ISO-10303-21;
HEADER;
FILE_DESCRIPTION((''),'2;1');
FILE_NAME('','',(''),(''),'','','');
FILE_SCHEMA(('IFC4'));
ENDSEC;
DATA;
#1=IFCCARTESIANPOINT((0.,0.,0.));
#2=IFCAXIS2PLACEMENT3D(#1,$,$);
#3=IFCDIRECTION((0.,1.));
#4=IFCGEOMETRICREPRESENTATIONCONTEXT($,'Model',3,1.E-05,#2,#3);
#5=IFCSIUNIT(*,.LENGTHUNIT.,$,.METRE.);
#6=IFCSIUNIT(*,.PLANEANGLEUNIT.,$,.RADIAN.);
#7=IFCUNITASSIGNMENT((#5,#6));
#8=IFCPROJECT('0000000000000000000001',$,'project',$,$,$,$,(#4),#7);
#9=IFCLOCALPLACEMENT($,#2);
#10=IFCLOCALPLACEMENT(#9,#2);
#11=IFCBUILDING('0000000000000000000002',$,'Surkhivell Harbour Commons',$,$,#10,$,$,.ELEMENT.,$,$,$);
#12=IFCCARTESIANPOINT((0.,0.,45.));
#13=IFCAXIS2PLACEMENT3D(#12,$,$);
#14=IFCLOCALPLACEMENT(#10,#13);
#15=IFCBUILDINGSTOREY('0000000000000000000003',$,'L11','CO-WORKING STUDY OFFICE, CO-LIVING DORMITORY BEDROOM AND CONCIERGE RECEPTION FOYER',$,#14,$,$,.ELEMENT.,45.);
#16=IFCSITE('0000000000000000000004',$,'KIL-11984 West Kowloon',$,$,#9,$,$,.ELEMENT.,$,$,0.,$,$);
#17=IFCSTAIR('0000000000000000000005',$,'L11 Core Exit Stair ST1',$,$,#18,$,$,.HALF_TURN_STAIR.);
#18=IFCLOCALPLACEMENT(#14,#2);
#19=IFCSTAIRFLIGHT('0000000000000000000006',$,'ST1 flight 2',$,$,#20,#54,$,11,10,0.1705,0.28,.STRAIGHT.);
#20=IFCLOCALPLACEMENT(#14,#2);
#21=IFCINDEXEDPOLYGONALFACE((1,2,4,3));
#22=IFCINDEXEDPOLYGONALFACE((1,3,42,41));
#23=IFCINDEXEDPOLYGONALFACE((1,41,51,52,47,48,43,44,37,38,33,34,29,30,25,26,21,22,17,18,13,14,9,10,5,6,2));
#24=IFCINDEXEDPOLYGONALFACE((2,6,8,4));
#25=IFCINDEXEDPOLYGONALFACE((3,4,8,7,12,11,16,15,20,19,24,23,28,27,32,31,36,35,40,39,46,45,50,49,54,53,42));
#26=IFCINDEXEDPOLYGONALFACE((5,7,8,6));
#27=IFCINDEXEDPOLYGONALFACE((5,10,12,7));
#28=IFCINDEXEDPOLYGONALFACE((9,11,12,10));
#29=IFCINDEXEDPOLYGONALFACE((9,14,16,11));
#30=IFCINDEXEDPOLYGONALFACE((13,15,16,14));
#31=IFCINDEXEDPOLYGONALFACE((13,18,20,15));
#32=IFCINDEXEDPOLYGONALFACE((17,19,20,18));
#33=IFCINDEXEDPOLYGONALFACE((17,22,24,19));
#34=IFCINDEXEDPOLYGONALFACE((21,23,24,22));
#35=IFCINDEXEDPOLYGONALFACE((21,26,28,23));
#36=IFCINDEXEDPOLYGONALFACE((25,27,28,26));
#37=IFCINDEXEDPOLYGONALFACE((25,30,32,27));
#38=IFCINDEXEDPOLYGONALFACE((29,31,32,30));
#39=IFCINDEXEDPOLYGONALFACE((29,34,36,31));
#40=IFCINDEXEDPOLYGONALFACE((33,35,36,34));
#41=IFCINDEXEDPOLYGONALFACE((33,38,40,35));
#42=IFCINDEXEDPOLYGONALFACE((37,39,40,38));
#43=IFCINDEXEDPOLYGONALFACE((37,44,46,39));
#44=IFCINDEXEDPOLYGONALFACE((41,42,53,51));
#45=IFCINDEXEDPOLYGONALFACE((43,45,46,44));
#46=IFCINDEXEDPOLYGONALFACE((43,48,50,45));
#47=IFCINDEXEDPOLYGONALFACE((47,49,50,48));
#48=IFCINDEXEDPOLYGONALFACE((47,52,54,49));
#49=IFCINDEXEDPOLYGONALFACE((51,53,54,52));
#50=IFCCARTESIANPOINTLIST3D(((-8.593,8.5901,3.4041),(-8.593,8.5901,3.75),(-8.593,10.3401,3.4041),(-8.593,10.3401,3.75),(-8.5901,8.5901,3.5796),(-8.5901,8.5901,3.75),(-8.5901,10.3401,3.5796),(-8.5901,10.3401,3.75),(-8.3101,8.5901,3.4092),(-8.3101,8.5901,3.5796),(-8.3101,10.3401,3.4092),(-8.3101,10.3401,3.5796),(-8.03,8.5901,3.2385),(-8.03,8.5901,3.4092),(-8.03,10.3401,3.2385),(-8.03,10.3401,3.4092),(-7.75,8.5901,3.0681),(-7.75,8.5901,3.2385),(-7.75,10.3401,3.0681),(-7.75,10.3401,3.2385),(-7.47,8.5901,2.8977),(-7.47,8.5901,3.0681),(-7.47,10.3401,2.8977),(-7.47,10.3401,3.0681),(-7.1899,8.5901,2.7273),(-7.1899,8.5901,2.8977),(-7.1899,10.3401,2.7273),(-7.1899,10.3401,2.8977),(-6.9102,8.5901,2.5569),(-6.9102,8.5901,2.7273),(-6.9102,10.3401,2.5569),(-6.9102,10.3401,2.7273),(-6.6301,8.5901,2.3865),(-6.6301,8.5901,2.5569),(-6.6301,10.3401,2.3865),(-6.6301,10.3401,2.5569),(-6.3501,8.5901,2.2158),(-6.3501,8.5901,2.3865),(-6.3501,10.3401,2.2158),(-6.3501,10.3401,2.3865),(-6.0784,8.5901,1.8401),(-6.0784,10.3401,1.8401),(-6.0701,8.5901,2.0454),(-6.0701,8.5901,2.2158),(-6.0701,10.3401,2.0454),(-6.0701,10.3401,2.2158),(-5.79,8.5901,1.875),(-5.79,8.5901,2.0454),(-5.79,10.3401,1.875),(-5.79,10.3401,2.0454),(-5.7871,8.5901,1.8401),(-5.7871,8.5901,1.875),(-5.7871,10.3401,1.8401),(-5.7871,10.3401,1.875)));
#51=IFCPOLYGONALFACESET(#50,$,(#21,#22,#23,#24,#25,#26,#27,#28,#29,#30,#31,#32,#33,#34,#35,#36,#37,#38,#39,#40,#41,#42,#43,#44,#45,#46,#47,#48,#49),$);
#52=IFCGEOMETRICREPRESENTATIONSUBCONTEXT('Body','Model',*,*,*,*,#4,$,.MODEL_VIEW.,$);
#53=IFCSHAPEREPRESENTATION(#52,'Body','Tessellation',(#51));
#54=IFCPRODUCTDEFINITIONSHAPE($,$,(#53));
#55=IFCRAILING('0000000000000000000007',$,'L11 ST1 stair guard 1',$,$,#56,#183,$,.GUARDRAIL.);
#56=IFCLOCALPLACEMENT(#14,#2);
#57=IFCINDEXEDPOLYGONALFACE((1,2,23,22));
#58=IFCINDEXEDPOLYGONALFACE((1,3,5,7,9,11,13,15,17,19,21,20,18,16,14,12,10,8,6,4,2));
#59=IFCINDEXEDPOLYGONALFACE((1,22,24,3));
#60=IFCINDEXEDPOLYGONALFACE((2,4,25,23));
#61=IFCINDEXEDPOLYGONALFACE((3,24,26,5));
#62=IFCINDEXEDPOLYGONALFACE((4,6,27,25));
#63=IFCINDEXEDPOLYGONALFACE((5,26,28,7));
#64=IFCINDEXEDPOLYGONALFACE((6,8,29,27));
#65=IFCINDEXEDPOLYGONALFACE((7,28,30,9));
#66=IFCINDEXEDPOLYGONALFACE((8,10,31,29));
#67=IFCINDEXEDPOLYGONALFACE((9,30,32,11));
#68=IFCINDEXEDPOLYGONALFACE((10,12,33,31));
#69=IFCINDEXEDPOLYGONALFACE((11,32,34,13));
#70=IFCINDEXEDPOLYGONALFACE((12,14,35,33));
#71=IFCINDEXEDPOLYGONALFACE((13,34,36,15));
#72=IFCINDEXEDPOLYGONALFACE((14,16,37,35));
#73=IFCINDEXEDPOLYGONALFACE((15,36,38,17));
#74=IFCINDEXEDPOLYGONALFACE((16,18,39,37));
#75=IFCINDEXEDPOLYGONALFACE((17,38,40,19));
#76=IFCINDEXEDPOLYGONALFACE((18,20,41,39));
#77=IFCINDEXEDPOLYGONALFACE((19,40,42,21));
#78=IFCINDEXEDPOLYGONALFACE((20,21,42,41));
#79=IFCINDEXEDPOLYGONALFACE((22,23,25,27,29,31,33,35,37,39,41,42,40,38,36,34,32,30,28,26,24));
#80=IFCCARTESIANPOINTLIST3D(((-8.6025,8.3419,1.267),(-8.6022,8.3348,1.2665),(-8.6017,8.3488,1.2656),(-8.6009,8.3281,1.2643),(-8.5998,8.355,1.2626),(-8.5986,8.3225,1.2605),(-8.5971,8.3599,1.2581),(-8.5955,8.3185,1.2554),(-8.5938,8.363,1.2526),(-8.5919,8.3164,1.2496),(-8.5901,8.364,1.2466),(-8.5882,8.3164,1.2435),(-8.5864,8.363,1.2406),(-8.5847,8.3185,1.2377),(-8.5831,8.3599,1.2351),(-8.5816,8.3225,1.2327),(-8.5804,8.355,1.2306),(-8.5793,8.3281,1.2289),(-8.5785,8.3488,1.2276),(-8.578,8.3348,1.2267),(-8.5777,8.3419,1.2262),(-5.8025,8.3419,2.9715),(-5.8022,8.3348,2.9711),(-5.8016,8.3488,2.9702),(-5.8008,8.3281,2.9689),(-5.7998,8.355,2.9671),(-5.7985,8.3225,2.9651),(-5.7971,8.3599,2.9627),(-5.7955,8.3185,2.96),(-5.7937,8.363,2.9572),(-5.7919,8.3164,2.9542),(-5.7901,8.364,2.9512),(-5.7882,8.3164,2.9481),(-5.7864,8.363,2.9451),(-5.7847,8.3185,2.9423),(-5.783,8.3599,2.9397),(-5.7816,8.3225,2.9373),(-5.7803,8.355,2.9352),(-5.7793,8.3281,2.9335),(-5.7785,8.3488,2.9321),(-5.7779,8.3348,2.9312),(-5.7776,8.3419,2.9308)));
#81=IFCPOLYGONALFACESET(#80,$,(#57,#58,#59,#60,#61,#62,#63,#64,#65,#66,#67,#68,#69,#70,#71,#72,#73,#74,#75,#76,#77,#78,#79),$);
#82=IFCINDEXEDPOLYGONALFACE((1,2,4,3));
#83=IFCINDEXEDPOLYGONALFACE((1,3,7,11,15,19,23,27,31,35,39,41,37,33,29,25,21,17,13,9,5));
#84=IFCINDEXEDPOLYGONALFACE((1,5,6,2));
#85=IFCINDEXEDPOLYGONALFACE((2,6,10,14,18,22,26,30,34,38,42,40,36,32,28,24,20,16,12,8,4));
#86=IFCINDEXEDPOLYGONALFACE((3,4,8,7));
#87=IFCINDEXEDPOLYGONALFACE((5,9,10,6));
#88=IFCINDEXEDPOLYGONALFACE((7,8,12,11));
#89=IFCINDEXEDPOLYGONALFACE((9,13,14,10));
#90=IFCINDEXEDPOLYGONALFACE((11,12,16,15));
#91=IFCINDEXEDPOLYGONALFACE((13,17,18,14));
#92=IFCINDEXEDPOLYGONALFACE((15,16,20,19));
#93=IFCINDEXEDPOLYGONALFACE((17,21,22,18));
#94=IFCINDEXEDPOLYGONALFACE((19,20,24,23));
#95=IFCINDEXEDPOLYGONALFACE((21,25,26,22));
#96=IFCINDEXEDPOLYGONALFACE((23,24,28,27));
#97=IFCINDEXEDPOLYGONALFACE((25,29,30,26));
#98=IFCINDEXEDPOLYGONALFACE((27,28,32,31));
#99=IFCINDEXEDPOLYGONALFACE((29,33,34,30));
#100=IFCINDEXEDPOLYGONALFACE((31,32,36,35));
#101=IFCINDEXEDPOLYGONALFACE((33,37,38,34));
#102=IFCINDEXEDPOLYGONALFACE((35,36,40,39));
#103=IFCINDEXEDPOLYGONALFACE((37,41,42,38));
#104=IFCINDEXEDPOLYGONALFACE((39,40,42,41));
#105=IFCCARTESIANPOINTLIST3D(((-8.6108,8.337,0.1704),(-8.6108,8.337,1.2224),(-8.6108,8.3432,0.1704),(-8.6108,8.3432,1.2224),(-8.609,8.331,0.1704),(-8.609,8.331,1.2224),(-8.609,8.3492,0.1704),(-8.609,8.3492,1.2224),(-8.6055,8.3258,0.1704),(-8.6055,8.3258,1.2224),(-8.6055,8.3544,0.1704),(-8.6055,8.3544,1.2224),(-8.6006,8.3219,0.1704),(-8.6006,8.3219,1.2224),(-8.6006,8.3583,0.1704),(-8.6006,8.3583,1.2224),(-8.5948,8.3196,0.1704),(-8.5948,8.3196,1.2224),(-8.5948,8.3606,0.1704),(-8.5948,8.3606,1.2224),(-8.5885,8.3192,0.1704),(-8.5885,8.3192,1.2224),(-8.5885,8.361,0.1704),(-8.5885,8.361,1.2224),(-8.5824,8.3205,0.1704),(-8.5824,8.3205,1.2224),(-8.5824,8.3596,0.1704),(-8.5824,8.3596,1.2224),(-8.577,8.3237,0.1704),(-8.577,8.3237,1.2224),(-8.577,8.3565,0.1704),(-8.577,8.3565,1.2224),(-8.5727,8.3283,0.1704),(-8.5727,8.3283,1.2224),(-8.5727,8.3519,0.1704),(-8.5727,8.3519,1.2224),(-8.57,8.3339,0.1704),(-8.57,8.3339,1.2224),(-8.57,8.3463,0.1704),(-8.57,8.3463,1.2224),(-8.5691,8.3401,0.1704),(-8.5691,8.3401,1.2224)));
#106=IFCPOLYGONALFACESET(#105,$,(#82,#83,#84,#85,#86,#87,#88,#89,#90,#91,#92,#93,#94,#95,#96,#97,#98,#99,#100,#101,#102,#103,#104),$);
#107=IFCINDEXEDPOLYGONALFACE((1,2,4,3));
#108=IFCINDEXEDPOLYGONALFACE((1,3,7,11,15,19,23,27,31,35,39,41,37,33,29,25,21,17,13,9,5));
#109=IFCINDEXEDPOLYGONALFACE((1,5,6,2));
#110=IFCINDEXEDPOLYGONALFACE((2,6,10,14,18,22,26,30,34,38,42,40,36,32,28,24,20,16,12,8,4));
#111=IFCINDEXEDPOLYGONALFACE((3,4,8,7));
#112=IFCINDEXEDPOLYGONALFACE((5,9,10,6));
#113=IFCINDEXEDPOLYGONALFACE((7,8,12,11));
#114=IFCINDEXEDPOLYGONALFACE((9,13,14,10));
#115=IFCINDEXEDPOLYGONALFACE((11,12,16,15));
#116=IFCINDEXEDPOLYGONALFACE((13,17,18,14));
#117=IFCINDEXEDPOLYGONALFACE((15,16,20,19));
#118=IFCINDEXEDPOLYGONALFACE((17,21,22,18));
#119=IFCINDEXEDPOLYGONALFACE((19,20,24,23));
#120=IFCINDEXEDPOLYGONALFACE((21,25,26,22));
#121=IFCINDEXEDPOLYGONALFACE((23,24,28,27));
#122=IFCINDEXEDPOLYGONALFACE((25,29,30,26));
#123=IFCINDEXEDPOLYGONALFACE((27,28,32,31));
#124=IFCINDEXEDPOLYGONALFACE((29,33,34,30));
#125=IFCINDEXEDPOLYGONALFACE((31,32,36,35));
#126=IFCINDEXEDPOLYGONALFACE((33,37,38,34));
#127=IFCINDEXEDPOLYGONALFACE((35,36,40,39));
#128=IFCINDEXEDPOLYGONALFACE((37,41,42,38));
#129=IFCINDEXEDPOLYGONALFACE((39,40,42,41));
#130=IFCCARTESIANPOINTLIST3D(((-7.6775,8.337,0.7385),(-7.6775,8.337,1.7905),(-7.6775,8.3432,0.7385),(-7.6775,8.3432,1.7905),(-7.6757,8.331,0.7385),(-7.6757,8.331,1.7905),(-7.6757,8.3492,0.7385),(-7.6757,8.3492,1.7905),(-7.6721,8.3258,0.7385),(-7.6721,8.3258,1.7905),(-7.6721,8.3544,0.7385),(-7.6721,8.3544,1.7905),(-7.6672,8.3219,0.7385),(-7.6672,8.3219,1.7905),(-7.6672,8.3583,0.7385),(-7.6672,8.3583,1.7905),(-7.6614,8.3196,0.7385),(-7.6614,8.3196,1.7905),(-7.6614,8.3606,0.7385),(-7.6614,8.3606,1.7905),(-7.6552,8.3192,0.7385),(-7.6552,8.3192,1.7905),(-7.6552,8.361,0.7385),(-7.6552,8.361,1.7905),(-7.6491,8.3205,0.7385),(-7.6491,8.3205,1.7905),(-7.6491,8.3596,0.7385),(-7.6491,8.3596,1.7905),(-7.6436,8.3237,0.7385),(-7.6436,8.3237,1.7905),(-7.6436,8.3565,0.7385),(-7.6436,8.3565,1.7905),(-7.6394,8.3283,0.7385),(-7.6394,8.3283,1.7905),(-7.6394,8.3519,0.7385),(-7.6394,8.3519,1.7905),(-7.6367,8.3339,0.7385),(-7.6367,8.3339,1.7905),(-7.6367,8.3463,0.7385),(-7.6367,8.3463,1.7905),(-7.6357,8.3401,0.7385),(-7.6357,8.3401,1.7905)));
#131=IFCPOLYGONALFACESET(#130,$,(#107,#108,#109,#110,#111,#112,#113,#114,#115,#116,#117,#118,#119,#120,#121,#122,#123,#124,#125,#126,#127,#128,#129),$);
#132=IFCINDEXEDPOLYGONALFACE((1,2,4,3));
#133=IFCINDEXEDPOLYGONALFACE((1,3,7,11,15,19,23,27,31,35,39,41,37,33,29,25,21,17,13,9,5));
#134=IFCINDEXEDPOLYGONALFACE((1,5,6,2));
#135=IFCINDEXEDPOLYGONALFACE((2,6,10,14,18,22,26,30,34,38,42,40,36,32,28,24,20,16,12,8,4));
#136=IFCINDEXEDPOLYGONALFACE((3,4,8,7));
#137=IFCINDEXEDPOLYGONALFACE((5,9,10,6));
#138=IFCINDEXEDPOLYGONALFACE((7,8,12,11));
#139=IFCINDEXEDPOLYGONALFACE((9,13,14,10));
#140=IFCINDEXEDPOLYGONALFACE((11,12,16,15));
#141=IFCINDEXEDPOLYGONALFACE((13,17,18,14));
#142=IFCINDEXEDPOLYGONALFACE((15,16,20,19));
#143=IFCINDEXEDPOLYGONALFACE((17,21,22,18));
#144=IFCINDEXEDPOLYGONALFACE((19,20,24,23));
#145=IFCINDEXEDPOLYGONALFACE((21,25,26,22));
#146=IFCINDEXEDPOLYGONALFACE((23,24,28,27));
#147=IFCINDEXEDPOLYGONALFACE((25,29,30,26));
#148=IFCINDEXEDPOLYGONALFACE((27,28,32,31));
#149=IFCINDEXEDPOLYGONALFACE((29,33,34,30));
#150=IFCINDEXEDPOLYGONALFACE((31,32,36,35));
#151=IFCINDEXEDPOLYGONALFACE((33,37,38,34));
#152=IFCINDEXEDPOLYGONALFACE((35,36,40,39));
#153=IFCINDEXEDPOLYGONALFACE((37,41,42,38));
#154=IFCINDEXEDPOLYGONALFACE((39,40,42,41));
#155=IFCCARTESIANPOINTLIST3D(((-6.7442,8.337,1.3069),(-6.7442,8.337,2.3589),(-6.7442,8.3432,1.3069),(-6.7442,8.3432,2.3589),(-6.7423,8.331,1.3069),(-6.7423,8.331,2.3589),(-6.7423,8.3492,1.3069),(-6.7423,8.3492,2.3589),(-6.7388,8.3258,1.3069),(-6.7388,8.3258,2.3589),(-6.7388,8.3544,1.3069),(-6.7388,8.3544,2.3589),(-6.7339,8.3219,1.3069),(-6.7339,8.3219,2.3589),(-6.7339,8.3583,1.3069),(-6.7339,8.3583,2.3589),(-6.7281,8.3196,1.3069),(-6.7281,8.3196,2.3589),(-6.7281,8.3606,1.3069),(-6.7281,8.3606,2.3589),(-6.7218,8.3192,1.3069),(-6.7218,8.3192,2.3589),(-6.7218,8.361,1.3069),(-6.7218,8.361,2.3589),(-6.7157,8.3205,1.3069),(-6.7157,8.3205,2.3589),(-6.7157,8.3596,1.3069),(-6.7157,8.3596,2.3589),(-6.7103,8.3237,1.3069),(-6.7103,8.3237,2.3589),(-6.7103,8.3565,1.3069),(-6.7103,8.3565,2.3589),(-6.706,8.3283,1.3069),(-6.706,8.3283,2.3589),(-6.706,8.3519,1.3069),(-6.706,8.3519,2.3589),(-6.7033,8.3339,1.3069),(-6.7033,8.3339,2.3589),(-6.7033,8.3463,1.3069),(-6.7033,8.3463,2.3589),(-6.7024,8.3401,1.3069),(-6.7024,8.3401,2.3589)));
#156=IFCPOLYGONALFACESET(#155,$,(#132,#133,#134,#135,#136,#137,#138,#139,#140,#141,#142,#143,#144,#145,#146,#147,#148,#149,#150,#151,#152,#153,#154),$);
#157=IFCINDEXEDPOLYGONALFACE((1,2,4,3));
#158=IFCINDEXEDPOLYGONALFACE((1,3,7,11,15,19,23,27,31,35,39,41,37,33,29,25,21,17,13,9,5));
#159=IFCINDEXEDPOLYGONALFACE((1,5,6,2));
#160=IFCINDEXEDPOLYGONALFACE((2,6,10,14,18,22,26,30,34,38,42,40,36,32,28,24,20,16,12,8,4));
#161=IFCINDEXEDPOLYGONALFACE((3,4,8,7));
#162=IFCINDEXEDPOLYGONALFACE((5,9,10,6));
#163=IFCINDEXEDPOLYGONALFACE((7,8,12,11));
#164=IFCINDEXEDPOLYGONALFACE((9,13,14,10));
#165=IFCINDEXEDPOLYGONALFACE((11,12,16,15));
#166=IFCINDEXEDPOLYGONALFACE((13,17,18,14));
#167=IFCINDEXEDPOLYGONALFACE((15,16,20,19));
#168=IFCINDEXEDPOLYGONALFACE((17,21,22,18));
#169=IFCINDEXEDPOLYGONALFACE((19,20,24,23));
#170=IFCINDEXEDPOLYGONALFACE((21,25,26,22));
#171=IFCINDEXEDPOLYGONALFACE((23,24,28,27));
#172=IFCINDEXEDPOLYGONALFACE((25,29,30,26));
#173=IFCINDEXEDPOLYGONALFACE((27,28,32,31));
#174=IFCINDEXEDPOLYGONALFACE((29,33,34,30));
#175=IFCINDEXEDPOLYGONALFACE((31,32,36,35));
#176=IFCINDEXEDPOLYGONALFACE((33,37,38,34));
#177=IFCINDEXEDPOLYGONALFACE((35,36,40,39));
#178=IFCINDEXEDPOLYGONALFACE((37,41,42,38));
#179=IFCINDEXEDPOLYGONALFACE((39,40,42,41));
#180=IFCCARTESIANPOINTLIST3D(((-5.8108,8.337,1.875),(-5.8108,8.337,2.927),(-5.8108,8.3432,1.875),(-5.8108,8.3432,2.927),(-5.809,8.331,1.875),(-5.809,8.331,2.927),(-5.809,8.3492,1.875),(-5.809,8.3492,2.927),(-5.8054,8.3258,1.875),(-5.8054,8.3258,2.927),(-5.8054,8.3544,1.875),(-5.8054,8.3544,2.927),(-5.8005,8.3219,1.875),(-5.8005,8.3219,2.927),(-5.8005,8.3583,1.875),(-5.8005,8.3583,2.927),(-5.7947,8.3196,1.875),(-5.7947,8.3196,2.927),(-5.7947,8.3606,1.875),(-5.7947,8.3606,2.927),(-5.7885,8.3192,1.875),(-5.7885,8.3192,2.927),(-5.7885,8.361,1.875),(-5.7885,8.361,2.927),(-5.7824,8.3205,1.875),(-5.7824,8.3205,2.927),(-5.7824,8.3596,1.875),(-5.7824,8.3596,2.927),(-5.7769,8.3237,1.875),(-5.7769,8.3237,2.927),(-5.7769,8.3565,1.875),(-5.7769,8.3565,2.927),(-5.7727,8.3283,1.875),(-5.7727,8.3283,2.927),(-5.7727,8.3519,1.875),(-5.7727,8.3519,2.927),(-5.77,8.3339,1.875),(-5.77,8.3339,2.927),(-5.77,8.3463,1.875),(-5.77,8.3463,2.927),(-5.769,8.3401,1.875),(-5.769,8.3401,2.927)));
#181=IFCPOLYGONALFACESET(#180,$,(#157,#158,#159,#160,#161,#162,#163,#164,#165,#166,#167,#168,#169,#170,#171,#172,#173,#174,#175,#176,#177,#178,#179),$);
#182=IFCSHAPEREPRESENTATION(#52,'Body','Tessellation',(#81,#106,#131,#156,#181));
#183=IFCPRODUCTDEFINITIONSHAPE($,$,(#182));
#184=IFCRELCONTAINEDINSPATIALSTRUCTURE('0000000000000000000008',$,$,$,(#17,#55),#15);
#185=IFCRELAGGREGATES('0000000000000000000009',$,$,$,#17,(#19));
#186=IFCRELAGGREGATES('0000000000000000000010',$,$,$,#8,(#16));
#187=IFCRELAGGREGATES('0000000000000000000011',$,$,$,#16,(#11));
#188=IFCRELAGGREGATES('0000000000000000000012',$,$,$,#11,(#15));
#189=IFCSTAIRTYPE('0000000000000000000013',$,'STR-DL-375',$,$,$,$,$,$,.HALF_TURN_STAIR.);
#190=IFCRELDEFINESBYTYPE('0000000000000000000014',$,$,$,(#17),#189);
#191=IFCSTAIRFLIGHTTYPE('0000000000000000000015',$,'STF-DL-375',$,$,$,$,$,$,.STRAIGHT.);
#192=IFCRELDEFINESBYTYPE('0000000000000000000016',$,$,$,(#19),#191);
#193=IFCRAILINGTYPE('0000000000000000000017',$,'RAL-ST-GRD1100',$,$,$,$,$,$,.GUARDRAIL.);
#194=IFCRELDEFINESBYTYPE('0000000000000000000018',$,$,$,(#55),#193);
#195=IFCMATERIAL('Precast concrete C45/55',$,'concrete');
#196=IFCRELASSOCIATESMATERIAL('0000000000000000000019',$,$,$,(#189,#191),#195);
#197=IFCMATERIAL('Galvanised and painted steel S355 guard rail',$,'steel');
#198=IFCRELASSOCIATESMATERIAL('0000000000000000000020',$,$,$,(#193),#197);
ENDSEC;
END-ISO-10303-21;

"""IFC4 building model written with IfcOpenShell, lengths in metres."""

from ifc_helpers import new_model, si_unit, direction, frame, origin, origin_2d, place, context, subcontext, project, spatial, polyline, circle, outline, extrude, material, type_object, element, aggregate, save


model = new_model("IFC4")

# Units and contexts
model_context = context("Model", 3, precision=1e-05, world=origin(), true_north=direction((0.0, 1.0)))
body_context = subcontext(model_context, "Body", "Model", "MODEL_VIEW")
ifc_project = project(units=[si_unit("LENGTHUNIT", "METRE"), si_unit("PLANEANGLEUNIT", "RADIAN")], contexts=[model_context])

# Site, building, storey
site_placement = place(None, origin())
site = spatial("IfcSite", under=ifc_project, at=site_placement, Name="KIL-11984 West Kowloon", CompositionType="ELEMENT", RefElevation=0.0)
building_placement = place(site_placement, origin())
building = spatial("IfcBuilding", under=site, at=building_placement, Name="Surkhivell Harbour Commons", CompositionType="ELEMENT")
storey_placement = place(building_placement, frame((0.0, 0.0, 45.0)))
storey = spatial("IfcBuildingStorey", under=building, at=storey_placement, Name="L11", Description="CO-WORKING STUDY OFFICE, CO-LIVING DORMITORY BEDROOM AND CONCIERGE RECEPTION FOYER", CompositionType="ELEMENT", Elevation=45.0)

# Stair, stair flight
ifc_material_1 = material(Name="Precast concrete C45/55", Category="concrete")
stair_type = type_object("IfcStairType", Name="STR-DL-375", PredefinedType="HALF_TURN_STAIR", material=ifc_material_1)
stair_placement = place(storey_placement, origin())
stair = element("IfcStair", 1, at=stair_placement, inside=storey, type_object=stair_type, Name="L11 Core Exit Stair ST1", PredefinedType="HALF_TURN_STAIR")
stair_flight_type = type_object("IfcStairFlightType", Name="STF-DL-375", PredefinedType="STRAIGHT", material=ifc_material_1)
stair_flight_1_placement = place(storey_placement, frame((-5.79, 9.4651, 1.875), z_axis=(0.0, 0.0, 1.0), x_axis=(-1.0, 0.0, 0.0)))
stair_flight_1 = element("IfcStairFlight", 2, at=stair_flight_1_placement, type_object=stair_flight_type, Name="ST1 flight 2", NumberOfRisers=11, NumberOfTreads=10, PredefinedType="STRAIGHT", RiserHeight=0.1705, TreadLength=0.28, context=body_context, shape_type="SweptSolid", body=[
    extrude(outline(polyline([(-0.0029, -0.0349), (-0.0029, 0.0), (0.0, 0.0), (0.0, 0.1704), (0.28, 0.1704), (0.28, 0.3408), (0.5601, 0.3408), (0.5601, 0.5115), (0.8401, 0.5115), (0.8401, 0.6819), (1.1201, 0.6819), (1.1201, 0.8523), (1.3999, 0.8523), (1.3999, 1.0227), (1.6799, 1.0227), (1.6799, 1.1931), (1.96, 1.1931), (1.96, 1.3635), (2.24, 1.3635), (2.24, 1.5342), (2.52, 1.5342), (2.52, 1.7046), (2.8, 1.7046), (2.8, 1.875), (2.803, 1.875), (2.803, 1.5291), (0.2883, -0.0349), (-0.0029, -0.0349)])), frame((0.0, 0.875, 0.0), z_axis=(0.0, -1.0, 0.0), x_axis=(1.0, 0.0, 0.0)), (0.0, 0.0, 1.0), 1.75),
])
aggregate(stair, [stair_flight_1])

# Railing
ifc_material_2 = material(Name="Galvanised and painted steel S355 guard rail", Category="steel")
railing_type_1 = type_object("IfcRailingType", Name="RAL-ST-GRD1100", PredefinedType="GUARDRAIL", material=ifc_material_2)
railing_1_placement = place(storey_placement, frame((-8.5901, 8.3401, 0.1704)))
element("IfcRailing", 3, at=railing_1_placement, inside=storey, type_object=railing_type_1, Name="L11 ST1 stair guard 1", PredefinedType="GUARDRAIL", context=body_context, shape_type="SweptSolid", body=[
    extrude(circle(Radius=0.0239, at=origin_2d()), frame((0.0, 0.0, 1.0762), z_axis=(0.85417, 0.0, 0.519994), x_axis=(0.0, 1.0, 0.0)), (0.0, 0.0, 1.0), 3.2781),
    extrude(circle(Radius=0.021, at=origin_2d()), origin(), (0.0, 0.0, 1.0), 1.052),
    extrude(circle(Radius=0.021, at=origin_2d()), frame((0.9333, 0.0, 0.5681)), (0.0, 0.0, 1.0), 1.052),
    extrude(circle(Radius=0.021, at=origin_2d()), frame((1.8667, 0.0, 1.1365)), (0.0, 0.0, 1.0), 1.052),
    extrude(circle(Radius=0.021, at=origin_2d()), frame((2.8, 0.0, 1.7046)), (0.0, 0.0, 1.0), 1.052),
])

save(model, "model.ifc")
